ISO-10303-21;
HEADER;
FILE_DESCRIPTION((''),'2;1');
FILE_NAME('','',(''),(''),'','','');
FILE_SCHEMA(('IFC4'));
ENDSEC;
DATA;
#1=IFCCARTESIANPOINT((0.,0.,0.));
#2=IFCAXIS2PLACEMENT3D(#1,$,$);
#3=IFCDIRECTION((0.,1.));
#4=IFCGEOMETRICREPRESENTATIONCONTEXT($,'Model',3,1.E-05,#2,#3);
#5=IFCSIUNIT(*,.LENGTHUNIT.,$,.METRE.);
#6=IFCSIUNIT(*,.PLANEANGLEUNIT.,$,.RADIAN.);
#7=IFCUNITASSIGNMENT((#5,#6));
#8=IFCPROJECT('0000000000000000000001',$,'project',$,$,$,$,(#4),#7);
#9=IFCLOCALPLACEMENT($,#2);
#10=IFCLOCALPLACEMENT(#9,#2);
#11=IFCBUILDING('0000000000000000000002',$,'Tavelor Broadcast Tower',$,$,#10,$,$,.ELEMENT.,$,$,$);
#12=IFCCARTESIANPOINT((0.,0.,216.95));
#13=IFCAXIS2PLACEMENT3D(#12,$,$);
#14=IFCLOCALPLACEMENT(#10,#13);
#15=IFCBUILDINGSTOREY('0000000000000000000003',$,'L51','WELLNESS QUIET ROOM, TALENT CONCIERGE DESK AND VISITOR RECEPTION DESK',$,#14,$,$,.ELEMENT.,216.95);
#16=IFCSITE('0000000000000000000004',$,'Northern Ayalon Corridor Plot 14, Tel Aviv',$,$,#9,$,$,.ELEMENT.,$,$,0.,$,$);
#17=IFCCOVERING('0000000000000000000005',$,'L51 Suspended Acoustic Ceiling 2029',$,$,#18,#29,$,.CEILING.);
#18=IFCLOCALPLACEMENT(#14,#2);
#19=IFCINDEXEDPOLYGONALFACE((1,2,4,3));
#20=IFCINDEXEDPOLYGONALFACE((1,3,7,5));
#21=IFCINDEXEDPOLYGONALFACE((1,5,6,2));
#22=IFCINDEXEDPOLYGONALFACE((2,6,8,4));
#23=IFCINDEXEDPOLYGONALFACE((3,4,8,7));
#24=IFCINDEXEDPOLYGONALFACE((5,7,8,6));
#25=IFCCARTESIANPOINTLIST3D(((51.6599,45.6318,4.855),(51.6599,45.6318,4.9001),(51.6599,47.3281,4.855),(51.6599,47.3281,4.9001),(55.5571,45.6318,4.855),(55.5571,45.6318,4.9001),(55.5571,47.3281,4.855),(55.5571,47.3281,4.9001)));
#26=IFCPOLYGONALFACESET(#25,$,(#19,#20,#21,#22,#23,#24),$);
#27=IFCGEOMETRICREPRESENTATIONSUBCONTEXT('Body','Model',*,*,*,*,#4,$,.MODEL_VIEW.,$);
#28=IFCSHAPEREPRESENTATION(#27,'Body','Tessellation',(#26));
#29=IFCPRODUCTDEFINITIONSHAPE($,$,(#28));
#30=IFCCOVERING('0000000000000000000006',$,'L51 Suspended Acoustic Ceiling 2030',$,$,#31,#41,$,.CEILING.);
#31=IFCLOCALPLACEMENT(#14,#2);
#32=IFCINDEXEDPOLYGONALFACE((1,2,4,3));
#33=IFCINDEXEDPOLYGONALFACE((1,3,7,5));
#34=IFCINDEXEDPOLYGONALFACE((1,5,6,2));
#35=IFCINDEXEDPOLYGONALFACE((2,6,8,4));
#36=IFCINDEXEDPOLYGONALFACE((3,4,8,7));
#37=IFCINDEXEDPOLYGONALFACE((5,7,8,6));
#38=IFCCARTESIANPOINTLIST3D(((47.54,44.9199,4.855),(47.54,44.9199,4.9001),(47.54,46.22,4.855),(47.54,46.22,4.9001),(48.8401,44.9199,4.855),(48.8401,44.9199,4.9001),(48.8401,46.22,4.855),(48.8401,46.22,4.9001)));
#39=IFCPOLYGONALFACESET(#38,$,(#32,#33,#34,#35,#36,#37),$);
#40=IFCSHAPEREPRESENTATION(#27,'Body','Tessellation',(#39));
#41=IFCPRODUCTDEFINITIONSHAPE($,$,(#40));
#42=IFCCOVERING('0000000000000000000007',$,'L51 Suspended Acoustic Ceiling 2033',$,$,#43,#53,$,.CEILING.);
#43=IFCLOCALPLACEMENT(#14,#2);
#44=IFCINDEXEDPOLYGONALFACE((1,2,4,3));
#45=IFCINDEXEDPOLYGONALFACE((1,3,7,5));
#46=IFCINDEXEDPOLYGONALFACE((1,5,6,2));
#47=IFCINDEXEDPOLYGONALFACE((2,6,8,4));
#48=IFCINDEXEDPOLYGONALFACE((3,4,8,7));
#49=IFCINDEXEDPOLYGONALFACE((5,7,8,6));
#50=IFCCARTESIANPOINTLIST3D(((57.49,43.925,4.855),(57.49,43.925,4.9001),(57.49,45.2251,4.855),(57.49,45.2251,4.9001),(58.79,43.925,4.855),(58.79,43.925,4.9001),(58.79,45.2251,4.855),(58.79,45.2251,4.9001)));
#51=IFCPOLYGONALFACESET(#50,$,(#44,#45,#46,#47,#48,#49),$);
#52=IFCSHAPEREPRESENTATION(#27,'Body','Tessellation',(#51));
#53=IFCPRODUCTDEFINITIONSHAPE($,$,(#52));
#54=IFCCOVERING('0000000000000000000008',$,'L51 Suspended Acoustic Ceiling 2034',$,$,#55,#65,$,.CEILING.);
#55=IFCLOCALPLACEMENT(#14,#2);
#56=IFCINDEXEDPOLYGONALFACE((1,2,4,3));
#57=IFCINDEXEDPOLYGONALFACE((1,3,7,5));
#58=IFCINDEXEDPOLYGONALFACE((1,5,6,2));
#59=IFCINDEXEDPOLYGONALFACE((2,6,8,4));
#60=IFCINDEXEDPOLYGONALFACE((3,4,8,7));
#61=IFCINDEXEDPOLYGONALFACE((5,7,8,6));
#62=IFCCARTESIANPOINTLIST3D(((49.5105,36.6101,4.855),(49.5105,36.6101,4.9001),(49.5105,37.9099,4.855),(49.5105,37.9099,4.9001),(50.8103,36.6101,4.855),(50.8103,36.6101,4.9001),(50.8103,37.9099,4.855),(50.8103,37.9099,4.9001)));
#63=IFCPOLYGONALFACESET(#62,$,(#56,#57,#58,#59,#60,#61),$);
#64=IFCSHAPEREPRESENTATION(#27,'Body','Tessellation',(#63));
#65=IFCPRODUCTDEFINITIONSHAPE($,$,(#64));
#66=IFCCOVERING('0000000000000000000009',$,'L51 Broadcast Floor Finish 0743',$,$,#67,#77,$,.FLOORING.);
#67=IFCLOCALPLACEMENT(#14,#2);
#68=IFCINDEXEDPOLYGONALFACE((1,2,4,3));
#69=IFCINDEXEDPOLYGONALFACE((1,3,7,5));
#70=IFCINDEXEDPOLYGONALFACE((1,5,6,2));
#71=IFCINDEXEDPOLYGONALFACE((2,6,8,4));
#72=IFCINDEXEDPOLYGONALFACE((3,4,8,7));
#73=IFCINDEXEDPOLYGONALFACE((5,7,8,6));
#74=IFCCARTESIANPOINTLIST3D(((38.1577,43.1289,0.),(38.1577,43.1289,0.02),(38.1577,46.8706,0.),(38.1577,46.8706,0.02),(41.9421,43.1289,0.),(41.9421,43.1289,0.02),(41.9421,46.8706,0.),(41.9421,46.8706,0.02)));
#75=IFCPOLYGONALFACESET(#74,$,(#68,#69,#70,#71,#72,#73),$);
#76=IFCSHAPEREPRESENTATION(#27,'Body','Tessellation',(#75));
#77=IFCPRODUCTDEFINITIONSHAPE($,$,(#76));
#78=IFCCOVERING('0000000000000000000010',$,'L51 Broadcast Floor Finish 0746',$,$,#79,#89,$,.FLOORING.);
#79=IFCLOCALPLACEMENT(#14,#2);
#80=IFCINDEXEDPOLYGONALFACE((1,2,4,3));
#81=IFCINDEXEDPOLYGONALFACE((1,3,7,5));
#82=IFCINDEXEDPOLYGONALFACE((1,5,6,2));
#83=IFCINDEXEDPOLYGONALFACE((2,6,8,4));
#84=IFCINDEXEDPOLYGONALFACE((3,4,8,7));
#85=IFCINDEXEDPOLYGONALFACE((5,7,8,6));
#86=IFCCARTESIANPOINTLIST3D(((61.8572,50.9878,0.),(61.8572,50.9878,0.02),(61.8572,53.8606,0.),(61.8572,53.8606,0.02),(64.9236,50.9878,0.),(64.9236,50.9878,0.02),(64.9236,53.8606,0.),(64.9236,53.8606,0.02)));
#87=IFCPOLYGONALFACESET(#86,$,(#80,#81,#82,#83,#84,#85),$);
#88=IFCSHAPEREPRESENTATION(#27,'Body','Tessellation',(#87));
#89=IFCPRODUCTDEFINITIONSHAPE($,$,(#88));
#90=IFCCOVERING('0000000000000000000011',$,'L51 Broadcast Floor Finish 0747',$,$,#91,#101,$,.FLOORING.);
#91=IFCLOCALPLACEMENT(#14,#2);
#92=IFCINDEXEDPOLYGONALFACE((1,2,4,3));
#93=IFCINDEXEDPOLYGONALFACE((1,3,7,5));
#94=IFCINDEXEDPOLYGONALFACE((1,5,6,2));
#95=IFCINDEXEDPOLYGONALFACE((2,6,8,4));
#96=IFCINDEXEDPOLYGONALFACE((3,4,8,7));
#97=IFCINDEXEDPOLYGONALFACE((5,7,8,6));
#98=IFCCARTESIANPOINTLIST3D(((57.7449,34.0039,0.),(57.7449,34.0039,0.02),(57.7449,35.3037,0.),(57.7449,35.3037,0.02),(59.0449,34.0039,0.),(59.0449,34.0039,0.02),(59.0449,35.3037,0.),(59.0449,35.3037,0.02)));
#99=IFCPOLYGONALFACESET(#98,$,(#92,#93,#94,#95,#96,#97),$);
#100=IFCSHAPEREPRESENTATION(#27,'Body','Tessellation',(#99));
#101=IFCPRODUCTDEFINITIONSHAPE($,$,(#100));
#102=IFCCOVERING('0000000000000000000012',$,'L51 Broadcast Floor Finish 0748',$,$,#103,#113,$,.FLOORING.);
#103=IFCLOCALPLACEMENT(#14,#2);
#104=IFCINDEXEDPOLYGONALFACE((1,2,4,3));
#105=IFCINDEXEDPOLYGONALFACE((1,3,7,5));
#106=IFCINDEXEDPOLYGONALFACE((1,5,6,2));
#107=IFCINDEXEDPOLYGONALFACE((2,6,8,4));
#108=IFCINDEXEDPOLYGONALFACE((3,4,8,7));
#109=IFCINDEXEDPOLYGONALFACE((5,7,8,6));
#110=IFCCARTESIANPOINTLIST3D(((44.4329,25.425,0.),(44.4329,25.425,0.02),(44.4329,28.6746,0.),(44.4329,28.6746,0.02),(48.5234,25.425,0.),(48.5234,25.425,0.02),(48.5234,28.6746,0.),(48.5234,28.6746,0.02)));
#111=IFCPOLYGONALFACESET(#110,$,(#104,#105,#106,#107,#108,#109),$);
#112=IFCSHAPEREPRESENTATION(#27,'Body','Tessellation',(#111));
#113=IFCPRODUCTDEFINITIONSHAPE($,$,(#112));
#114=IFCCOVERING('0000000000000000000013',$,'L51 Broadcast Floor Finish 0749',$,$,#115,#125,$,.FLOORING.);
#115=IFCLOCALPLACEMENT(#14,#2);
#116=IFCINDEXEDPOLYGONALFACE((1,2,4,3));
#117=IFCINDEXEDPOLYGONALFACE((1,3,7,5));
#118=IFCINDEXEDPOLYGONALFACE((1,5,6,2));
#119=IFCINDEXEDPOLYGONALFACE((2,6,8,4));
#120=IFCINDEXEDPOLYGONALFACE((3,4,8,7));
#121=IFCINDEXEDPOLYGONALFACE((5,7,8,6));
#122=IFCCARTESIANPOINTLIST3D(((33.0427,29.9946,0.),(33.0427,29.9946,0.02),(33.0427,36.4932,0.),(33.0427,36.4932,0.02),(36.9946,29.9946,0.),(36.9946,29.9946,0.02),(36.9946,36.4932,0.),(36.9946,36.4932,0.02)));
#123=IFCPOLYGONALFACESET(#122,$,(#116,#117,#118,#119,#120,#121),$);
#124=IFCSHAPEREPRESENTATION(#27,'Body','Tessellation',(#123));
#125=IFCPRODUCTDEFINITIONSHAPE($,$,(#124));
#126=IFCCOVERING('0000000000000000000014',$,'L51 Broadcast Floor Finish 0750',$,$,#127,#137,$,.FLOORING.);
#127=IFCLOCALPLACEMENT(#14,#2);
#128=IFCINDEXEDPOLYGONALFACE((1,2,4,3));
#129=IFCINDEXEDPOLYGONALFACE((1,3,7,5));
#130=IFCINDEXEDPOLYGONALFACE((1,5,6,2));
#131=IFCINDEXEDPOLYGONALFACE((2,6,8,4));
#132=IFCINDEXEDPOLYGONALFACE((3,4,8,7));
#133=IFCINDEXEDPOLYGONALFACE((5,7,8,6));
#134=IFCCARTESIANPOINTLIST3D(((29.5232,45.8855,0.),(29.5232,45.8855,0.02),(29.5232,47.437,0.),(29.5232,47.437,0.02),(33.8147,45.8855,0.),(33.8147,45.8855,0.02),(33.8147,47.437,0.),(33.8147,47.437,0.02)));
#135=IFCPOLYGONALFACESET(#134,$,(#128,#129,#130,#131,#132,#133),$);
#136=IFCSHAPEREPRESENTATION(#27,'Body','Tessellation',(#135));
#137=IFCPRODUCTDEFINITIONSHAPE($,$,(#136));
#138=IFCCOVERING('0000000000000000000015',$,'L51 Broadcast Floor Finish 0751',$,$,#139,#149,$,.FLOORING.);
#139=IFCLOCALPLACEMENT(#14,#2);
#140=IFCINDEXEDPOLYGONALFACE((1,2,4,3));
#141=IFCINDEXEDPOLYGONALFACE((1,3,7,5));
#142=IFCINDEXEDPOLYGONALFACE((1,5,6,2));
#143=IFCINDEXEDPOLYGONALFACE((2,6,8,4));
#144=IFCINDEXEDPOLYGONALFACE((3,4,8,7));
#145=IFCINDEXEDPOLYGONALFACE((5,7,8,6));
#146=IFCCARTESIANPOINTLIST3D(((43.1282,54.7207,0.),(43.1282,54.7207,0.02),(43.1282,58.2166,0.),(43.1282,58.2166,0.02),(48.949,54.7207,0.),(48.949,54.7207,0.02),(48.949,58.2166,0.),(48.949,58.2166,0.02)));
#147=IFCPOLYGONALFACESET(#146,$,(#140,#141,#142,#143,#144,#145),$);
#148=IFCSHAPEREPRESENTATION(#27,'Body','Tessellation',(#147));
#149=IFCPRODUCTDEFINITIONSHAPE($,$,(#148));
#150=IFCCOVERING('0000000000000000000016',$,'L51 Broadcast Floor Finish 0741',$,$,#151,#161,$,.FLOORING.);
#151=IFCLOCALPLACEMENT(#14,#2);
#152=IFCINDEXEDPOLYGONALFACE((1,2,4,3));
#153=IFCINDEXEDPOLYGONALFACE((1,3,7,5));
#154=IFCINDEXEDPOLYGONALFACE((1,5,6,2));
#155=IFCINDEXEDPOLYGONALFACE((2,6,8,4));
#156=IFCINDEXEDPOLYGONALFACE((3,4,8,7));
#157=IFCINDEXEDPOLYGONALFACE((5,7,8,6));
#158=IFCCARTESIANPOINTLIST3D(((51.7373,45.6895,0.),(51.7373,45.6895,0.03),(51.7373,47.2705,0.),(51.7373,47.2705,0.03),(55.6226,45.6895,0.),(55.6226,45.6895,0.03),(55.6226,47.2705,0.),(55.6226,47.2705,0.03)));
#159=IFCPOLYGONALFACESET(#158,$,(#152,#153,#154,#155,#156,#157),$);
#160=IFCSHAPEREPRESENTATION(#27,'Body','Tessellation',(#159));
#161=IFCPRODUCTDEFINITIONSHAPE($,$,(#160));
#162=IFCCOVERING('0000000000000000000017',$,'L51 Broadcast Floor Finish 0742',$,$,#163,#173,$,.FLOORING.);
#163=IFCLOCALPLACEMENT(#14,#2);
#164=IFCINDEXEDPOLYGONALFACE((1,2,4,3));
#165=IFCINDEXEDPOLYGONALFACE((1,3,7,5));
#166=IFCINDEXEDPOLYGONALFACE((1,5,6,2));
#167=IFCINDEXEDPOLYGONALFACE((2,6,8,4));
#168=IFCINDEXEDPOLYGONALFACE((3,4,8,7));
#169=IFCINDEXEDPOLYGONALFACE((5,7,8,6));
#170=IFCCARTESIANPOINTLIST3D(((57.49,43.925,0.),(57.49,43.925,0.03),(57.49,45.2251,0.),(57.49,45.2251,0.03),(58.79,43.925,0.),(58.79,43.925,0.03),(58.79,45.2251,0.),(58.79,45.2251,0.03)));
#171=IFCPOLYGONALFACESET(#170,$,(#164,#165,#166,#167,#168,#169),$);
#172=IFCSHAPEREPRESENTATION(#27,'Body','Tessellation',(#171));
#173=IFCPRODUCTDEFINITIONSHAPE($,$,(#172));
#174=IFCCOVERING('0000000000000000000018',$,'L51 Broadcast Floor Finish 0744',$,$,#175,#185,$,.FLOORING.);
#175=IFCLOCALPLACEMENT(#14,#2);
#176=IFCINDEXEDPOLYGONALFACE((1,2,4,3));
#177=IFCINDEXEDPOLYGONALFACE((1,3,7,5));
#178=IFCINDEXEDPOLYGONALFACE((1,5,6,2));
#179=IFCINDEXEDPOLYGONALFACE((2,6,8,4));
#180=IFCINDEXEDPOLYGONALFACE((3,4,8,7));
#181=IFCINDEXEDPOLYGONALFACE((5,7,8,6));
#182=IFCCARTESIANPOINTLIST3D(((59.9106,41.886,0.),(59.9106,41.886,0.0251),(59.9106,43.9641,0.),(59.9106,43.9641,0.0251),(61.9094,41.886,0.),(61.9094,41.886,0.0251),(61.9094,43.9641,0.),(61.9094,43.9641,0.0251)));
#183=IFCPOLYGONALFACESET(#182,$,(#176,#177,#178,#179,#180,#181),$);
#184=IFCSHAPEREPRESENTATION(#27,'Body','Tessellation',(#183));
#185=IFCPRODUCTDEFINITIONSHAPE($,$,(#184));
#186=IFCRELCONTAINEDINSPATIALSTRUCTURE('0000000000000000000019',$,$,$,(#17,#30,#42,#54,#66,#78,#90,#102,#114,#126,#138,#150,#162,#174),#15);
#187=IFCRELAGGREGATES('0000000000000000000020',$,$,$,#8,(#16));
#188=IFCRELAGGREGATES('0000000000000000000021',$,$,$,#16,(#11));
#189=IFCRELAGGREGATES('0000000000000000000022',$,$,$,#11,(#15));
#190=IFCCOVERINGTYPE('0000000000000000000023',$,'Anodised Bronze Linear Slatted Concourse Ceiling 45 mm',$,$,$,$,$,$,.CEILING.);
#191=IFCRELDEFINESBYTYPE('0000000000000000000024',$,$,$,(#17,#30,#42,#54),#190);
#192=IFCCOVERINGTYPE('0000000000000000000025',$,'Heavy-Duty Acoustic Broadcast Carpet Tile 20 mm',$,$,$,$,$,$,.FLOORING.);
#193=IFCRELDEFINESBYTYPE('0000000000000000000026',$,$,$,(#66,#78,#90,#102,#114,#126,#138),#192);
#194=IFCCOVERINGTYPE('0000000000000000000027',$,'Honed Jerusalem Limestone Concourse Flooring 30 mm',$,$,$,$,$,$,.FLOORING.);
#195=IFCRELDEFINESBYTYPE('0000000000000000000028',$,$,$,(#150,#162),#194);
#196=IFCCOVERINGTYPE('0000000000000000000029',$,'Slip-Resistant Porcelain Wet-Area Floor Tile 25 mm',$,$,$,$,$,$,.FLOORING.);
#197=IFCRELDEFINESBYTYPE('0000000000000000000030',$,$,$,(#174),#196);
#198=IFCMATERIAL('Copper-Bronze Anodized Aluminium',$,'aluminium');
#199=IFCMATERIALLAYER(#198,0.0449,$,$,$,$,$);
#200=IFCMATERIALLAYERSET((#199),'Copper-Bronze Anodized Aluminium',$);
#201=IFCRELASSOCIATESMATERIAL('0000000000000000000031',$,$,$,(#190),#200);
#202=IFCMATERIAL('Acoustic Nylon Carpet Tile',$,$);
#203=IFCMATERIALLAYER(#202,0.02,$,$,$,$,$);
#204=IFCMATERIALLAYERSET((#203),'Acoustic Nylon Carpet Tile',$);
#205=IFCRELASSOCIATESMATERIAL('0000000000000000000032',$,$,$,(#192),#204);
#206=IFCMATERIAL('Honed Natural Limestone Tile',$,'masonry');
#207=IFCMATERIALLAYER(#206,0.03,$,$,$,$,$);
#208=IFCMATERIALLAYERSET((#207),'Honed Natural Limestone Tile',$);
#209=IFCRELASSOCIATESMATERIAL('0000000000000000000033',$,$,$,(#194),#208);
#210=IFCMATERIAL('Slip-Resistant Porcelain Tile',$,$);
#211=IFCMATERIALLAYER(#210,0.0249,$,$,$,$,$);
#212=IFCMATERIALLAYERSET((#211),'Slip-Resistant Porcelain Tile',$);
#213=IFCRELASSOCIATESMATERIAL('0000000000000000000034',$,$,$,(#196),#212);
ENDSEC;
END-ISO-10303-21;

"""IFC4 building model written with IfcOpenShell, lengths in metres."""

from ifc_helpers import new_model, si_unit, direction, frame, origin, place, context, subcontext, project, spatial, polyline, outline, extrude, material, layer, layer_set, type_object, element, save


model = new_model("IFC4")

# Units and contexts
model_context = context("Model", 3, precision=1e-05, world=origin(), true_north=direction((0.0, 1.0)))
body_context = subcontext(model_context, "Body", "Model", "MODEL_VIEW")
ifc_project = project(units=[si_unit("LENGTHUNIT", "METRE"), si_unit("PLANEANGLEUNIT", "RADIAN")], contexts=[model_context])

# Site, building, storey
site_placement = place(None, origin())
site = spatial("IfcSite", under=ifc_project, at=site_placement, Name="Northern Ayalon Corridor Plot 14, Tel Aviv", CompositionType="ELEMENT", RefElevation=0.0)
building_placement = place(site_placement, origin())
building = spatial("IfcBuilding", under=site, at=building_placement, Name="Tavelor Broadcast Tower", CompositionType="ELEMENT")
storey_placement = place(building_placement, frame((0.0, 0.0, 216.95)))
storey = spatial("IfcBuildingStorey", under=building, at=storey_placement, Name="L51", Description="WELLNESS QUIET ROOM, TALENT CONCIERGE DESK AND VISITOR RECEPTION DESK", CompositionType="ELEMENT", Elevation=216.95)

# Coverings
ifc_material_1 = material(Name="Copper-Bronze Anodized Aluminium", Category="aluminium")
ifc_layer_1 = layer(ifc_material_1, 0.0449)
ifc_layer_set_1 = layer_set([ifc_layer_1], Name="Copper-Bronze Anodized Aluminium")
covering_type_1 = type_object("IfcCoveringType", Name="Anodised Bronze Linear Slatted Concourse Ceiling 45 mm", PredefinedType="CEILING", material=ifc_layer_set_1)
covering_1_placement = place(storey_placement, frame((0.0, 0.0, 4.855)))
element("IfcCovering", 1, at=covering_1_placement, inside=storey, type_object=covering_type_1, Name="L51 Suspended Acoustic Ceiling 2029", PredefinedType="CEILING", context=body_context, shape_type="SweptSolid", body=[
    extrude(outline(polyline([(51.6599, 45.6318), (55.5571, 45.6318), (55.5571, 47.3281), (51.6599, 47.3281), (51.6599, 45.6318)])), origin(), (0.0, 0.0, 1.0), 0.0452),
])
covering_2_placement = place(storey_placement, frame((0.0, 0.0, 4.855)))
element("IfcCovering", 2, at=covering_2_placement, inside=storey, type_object=covering_type_1, Name="L51 Suspended Acoustic Ceiling 2030", PredefinedType="CEILING", context=body_context, shape_type="SweptSolid", body=[
    extrude(outline(polyline([(47.54, 44.9199), (48.8401, 44.9199), (48.8401, 46.22), (47.54, 46.22), (47.54, 44.9199)])), origin(), (0.0, 0.0, 1.0), 0.0452),
])
covering_3_placement = place(storey_placement, frame((0.0, 0.0, 4.855)))
element("IfcCovering", 3, at=covering_3_placement, inside=storey, type_object=covering_type_1, Name="L51 Suspended Acoustic Ceiling 2033", PredefinedType="CEILING", context=body_context, shape_type="SweptSolid", body=[
    extrude(outline(polyline([(57.49, 43.925), (58.79, 43.925), (58.79, 45.2251), (57.49, 45.2251), (57.49, 43.925)])), origin(), (0.0, 0.0, 1.0), 0.0452),
])
covering_4_placement = place(storey_placement, frame((0.0, 0.0, 4.855)))
element("IfcCovering", 4, at=covering_4_placement, inside=storey, type_object=covering_type_1, Name="L51 Suspended Acoustic Ceiling 2034", PredefinedType="CEILING", context=body_context, shape_type="SweptSolid", body=[
    extrude(outline(polyline([(49.5105, 36.6101), (50.8103, 36.6101), (50.8103, 37.9099), (49.5105, 37.9099), (49.5105, 36.6101)])), origin(), (0.0, 0.0, 1.0), 0.0452),
])
ifc_material_2 = material(Name="Acoustic Nylon Carpet Tile")
ifc_layer_2 = layer(ifc_material_2, 0.02)
ifc_layer_set_2 = layer_set([ifc_layer_2], Name="Acoustic Nylon Carpet Tile")
covering_type_2 = type_object("IfcCoveringType", Name="Heavy-Duty Acoustic Broadcast Carpet Tile 20 mm", PredefinedType="FLOORING", material=ifc_layer_set_2)
covering_5_placement = place(storey_placement, origin())
element("IfcCovering", 5, at=covering_5_placement, inside=storey, type_object=covering_type_2, Name="L51 Broadcast Floor Finish 0743", PredefinedType="FLOORING", context=body_context, shape_type="SweptSolid", body=[
    extrude(outline(polyline([(38.1577, 43.1289), (41.9421, 43.1289), (41.9421, 46.8706), (38.1577, 46.8706), (38.1577, 43.1289)])), origin(), (0.0, 0.0, 1.0), 0.02),
])
covering_6_placement = place(storey_placement, origin())
element("IfcCovering", 6, at=covering_6_placement, inside=storey, type_object=covering_type_2, Name="L51 Broadcast Floor Finish 0746", PredefinedType="FLOORING", context=body_context, shape_type="SweptSolid", body=[
    extrude(outline(polyline([(61.8572, 50.9878), (64.9236, 50.9878), (64.9236, 53.8606), (61.8572, 53.8606), (61.8572, 50.9878)])), origin(), (0.0, 0.0, 1.0), 0.02),
])
covering_7_placement = place(storey_placement, origin())
element("IfcCovering", 7, at=covering_7_placement, inside=storey, type_object=covering_type_2, Name="L51 Broadcast Floor Finish 0747", PredefinedType="FLOORING", context=body_context, shape_type="SweptSolid", body=[
    extrude(outline(polyline([(57.7449, 34.0039), (59.0449, 34.0039), (59.0449, 35.3037), (57.7449, 35.3037), (57.7449, 34.0039)])), origin(), (0.0, 0.0, 1.0), 0.02),
])
covering_8_placement = place(storey_placement, origin())
element("IfcCovering", 8, at=covering_8_placement, inside=storey, type_object=covering_type_2, Name="L51 Broadcast Floor Finish 0748", PredefinedType="FLOORING", context=body_context, shape_type="SweptSolid", body=[
    extrude(outline(polyline([(44.4329, 25.425), (48.5234, 25.425), (48.5234, 28.6746), (44.4329, 28.6746), (44.4329, 25.425)])), origin(), (0.0, 0.0, 1.0), 0.02),
])
covering_9_placement = place(storey_placement, origin())
element("IfcCovering", 9, at=covering_9_placement, inside=storey, type_object=covering_type_2, Name="L51 Broadcast Floor Finish 0749", PredefinedType="FLOORING", context=body_context, shape_type="SweptSolid", body=[
    extrude(outline(polyline([(33.0427, 29.9946), (36.9946, 29.9946), (36.9946, 36.4932), (33.0427, 36.4932), (33.0427, 29.9946)])), origin(), (0.0, 0.0, 1.0), 0.02),
])
covering_10_placement = place(storey_placement, origin())
element("IfcCovering", 10, at=covering_10_placement, inside=storey, type_object=covering_type_2, Name="L51 Broadcast Floor Finish 0750", PredefinedType="FLOORING", context=body_context, shape_type="SweptSolid", body=[
    extrude(outline(polyline([(29.5232, 45.8855), (33.8147, 45.8855), (33.8147, 47.437), (29.5232, 47.437), (29.5232, 45.8855)])), origin(), (0.0, 0.0, 1.0), 0.02),
])
covering_11_placement = place(storey_placement, origin())
element("IfcCovering", 11, at=covering_11_placement, inside=storey, type_object=covering_type_2, Name="L51 Broadcast Floor Finish 0751", PredefinedType="FLOORING", context=body_context, shape_type="SweptSolid", body=[
    extrude(outline(polyline([(43.1282, 54.7207), (48.949, 54.7207), (48.949, 58.2166), (43.1282, 58.2166), (43.1282, 54.7207)])), origin(), (0.0, 0.0, 1.0), 0.02),
])
ifc_material_3 = material(Name="Honed Natural Limestone Tile", Category="masonry")
ifc_layer_3 = layer(ifc_material_3, 0.03)
ifc_layer_set_3 = layer_set([ifc_layer_3], Name="Honed Natural Limestone Tile")
covering_type_3 = type_object("IfcCoveringType", Name="Honed Jerusalem Limestone Concourse Flooring 30 mm", PredefinedType="FLOORING", material=ifc_layer_set_3)
covering_12_placement = place(storey_placement, origin())
element("IfcCovering", 12, at=covering_12_placement, inside=storey, type_object=covering_type_3, Name="L51 Broadcast Floor Finish 0741", PredefinedType="FLOORING", context=body_context, shape_type="SweptSolid", body=[
    extrude(outline(polyline([(51.7373, 45.6895), (55.6226, 45.6895), (55.6226, 47.2705), (51.7373, 47.2705), (51.7373, 45.6895)])), origin(), (0.0, 0.0, 1.0), 0.03),
])
covering_13_placement = place(storey_placement, origin())
element("IfcCovering", 13, at=covering_13_placement, inside=storey, type_object=covering_type_3, Name="L51 Broadcast Floor Finish 0742", PredefinedType="FLOORING", context=body_context, shape_type="SweptSolid", body=[
    extrude(outline(polyline([(57.49, 43.925), (58.79, 43.925), (58.79, 45.2251), (57.49, 45.2251), (57.49, 43.925)])), origin(), (0.0, 0.0, 1.0), 0.03),
])
ifc_material_4 = material(Name="Slip-Resistant Porcelain Tile")
ifc_layer_4 = layer(ifc_material_4, 0.0249)
ifc_layer_set_4 = layer_set([ifc_layer_4], Name="Slip-Resistant Porcelain Tile")
covering_type_4 = type_object("IfcCoveringType", Name="Slip-Resistant Porcelain Wet-Area Floor Tile 25 mm", PredefinedType="FLOORING", material=ifc_layer_set_4)
covering_14_placement = place(storey_placement, origin())
element("IfcCovering", 14, at=covering_14_placement, inside=storey, type_object=covering_type_4, Name="L51 Broadcast Floor Finish 0744", PredefinedType="FLOORING", context=body_context, shape_type="SweptSolid", body=[
    extrude(outline(polyline([(59.9106, 41.886), (61.9094, 41.886), (61.9094, 43.9641), (59.9106, 43.9641), (59.9106, 41.886)])), origin(), (0.0, 0.0, 1.0), 0.0251),
])

save(model, "model.ifc")
